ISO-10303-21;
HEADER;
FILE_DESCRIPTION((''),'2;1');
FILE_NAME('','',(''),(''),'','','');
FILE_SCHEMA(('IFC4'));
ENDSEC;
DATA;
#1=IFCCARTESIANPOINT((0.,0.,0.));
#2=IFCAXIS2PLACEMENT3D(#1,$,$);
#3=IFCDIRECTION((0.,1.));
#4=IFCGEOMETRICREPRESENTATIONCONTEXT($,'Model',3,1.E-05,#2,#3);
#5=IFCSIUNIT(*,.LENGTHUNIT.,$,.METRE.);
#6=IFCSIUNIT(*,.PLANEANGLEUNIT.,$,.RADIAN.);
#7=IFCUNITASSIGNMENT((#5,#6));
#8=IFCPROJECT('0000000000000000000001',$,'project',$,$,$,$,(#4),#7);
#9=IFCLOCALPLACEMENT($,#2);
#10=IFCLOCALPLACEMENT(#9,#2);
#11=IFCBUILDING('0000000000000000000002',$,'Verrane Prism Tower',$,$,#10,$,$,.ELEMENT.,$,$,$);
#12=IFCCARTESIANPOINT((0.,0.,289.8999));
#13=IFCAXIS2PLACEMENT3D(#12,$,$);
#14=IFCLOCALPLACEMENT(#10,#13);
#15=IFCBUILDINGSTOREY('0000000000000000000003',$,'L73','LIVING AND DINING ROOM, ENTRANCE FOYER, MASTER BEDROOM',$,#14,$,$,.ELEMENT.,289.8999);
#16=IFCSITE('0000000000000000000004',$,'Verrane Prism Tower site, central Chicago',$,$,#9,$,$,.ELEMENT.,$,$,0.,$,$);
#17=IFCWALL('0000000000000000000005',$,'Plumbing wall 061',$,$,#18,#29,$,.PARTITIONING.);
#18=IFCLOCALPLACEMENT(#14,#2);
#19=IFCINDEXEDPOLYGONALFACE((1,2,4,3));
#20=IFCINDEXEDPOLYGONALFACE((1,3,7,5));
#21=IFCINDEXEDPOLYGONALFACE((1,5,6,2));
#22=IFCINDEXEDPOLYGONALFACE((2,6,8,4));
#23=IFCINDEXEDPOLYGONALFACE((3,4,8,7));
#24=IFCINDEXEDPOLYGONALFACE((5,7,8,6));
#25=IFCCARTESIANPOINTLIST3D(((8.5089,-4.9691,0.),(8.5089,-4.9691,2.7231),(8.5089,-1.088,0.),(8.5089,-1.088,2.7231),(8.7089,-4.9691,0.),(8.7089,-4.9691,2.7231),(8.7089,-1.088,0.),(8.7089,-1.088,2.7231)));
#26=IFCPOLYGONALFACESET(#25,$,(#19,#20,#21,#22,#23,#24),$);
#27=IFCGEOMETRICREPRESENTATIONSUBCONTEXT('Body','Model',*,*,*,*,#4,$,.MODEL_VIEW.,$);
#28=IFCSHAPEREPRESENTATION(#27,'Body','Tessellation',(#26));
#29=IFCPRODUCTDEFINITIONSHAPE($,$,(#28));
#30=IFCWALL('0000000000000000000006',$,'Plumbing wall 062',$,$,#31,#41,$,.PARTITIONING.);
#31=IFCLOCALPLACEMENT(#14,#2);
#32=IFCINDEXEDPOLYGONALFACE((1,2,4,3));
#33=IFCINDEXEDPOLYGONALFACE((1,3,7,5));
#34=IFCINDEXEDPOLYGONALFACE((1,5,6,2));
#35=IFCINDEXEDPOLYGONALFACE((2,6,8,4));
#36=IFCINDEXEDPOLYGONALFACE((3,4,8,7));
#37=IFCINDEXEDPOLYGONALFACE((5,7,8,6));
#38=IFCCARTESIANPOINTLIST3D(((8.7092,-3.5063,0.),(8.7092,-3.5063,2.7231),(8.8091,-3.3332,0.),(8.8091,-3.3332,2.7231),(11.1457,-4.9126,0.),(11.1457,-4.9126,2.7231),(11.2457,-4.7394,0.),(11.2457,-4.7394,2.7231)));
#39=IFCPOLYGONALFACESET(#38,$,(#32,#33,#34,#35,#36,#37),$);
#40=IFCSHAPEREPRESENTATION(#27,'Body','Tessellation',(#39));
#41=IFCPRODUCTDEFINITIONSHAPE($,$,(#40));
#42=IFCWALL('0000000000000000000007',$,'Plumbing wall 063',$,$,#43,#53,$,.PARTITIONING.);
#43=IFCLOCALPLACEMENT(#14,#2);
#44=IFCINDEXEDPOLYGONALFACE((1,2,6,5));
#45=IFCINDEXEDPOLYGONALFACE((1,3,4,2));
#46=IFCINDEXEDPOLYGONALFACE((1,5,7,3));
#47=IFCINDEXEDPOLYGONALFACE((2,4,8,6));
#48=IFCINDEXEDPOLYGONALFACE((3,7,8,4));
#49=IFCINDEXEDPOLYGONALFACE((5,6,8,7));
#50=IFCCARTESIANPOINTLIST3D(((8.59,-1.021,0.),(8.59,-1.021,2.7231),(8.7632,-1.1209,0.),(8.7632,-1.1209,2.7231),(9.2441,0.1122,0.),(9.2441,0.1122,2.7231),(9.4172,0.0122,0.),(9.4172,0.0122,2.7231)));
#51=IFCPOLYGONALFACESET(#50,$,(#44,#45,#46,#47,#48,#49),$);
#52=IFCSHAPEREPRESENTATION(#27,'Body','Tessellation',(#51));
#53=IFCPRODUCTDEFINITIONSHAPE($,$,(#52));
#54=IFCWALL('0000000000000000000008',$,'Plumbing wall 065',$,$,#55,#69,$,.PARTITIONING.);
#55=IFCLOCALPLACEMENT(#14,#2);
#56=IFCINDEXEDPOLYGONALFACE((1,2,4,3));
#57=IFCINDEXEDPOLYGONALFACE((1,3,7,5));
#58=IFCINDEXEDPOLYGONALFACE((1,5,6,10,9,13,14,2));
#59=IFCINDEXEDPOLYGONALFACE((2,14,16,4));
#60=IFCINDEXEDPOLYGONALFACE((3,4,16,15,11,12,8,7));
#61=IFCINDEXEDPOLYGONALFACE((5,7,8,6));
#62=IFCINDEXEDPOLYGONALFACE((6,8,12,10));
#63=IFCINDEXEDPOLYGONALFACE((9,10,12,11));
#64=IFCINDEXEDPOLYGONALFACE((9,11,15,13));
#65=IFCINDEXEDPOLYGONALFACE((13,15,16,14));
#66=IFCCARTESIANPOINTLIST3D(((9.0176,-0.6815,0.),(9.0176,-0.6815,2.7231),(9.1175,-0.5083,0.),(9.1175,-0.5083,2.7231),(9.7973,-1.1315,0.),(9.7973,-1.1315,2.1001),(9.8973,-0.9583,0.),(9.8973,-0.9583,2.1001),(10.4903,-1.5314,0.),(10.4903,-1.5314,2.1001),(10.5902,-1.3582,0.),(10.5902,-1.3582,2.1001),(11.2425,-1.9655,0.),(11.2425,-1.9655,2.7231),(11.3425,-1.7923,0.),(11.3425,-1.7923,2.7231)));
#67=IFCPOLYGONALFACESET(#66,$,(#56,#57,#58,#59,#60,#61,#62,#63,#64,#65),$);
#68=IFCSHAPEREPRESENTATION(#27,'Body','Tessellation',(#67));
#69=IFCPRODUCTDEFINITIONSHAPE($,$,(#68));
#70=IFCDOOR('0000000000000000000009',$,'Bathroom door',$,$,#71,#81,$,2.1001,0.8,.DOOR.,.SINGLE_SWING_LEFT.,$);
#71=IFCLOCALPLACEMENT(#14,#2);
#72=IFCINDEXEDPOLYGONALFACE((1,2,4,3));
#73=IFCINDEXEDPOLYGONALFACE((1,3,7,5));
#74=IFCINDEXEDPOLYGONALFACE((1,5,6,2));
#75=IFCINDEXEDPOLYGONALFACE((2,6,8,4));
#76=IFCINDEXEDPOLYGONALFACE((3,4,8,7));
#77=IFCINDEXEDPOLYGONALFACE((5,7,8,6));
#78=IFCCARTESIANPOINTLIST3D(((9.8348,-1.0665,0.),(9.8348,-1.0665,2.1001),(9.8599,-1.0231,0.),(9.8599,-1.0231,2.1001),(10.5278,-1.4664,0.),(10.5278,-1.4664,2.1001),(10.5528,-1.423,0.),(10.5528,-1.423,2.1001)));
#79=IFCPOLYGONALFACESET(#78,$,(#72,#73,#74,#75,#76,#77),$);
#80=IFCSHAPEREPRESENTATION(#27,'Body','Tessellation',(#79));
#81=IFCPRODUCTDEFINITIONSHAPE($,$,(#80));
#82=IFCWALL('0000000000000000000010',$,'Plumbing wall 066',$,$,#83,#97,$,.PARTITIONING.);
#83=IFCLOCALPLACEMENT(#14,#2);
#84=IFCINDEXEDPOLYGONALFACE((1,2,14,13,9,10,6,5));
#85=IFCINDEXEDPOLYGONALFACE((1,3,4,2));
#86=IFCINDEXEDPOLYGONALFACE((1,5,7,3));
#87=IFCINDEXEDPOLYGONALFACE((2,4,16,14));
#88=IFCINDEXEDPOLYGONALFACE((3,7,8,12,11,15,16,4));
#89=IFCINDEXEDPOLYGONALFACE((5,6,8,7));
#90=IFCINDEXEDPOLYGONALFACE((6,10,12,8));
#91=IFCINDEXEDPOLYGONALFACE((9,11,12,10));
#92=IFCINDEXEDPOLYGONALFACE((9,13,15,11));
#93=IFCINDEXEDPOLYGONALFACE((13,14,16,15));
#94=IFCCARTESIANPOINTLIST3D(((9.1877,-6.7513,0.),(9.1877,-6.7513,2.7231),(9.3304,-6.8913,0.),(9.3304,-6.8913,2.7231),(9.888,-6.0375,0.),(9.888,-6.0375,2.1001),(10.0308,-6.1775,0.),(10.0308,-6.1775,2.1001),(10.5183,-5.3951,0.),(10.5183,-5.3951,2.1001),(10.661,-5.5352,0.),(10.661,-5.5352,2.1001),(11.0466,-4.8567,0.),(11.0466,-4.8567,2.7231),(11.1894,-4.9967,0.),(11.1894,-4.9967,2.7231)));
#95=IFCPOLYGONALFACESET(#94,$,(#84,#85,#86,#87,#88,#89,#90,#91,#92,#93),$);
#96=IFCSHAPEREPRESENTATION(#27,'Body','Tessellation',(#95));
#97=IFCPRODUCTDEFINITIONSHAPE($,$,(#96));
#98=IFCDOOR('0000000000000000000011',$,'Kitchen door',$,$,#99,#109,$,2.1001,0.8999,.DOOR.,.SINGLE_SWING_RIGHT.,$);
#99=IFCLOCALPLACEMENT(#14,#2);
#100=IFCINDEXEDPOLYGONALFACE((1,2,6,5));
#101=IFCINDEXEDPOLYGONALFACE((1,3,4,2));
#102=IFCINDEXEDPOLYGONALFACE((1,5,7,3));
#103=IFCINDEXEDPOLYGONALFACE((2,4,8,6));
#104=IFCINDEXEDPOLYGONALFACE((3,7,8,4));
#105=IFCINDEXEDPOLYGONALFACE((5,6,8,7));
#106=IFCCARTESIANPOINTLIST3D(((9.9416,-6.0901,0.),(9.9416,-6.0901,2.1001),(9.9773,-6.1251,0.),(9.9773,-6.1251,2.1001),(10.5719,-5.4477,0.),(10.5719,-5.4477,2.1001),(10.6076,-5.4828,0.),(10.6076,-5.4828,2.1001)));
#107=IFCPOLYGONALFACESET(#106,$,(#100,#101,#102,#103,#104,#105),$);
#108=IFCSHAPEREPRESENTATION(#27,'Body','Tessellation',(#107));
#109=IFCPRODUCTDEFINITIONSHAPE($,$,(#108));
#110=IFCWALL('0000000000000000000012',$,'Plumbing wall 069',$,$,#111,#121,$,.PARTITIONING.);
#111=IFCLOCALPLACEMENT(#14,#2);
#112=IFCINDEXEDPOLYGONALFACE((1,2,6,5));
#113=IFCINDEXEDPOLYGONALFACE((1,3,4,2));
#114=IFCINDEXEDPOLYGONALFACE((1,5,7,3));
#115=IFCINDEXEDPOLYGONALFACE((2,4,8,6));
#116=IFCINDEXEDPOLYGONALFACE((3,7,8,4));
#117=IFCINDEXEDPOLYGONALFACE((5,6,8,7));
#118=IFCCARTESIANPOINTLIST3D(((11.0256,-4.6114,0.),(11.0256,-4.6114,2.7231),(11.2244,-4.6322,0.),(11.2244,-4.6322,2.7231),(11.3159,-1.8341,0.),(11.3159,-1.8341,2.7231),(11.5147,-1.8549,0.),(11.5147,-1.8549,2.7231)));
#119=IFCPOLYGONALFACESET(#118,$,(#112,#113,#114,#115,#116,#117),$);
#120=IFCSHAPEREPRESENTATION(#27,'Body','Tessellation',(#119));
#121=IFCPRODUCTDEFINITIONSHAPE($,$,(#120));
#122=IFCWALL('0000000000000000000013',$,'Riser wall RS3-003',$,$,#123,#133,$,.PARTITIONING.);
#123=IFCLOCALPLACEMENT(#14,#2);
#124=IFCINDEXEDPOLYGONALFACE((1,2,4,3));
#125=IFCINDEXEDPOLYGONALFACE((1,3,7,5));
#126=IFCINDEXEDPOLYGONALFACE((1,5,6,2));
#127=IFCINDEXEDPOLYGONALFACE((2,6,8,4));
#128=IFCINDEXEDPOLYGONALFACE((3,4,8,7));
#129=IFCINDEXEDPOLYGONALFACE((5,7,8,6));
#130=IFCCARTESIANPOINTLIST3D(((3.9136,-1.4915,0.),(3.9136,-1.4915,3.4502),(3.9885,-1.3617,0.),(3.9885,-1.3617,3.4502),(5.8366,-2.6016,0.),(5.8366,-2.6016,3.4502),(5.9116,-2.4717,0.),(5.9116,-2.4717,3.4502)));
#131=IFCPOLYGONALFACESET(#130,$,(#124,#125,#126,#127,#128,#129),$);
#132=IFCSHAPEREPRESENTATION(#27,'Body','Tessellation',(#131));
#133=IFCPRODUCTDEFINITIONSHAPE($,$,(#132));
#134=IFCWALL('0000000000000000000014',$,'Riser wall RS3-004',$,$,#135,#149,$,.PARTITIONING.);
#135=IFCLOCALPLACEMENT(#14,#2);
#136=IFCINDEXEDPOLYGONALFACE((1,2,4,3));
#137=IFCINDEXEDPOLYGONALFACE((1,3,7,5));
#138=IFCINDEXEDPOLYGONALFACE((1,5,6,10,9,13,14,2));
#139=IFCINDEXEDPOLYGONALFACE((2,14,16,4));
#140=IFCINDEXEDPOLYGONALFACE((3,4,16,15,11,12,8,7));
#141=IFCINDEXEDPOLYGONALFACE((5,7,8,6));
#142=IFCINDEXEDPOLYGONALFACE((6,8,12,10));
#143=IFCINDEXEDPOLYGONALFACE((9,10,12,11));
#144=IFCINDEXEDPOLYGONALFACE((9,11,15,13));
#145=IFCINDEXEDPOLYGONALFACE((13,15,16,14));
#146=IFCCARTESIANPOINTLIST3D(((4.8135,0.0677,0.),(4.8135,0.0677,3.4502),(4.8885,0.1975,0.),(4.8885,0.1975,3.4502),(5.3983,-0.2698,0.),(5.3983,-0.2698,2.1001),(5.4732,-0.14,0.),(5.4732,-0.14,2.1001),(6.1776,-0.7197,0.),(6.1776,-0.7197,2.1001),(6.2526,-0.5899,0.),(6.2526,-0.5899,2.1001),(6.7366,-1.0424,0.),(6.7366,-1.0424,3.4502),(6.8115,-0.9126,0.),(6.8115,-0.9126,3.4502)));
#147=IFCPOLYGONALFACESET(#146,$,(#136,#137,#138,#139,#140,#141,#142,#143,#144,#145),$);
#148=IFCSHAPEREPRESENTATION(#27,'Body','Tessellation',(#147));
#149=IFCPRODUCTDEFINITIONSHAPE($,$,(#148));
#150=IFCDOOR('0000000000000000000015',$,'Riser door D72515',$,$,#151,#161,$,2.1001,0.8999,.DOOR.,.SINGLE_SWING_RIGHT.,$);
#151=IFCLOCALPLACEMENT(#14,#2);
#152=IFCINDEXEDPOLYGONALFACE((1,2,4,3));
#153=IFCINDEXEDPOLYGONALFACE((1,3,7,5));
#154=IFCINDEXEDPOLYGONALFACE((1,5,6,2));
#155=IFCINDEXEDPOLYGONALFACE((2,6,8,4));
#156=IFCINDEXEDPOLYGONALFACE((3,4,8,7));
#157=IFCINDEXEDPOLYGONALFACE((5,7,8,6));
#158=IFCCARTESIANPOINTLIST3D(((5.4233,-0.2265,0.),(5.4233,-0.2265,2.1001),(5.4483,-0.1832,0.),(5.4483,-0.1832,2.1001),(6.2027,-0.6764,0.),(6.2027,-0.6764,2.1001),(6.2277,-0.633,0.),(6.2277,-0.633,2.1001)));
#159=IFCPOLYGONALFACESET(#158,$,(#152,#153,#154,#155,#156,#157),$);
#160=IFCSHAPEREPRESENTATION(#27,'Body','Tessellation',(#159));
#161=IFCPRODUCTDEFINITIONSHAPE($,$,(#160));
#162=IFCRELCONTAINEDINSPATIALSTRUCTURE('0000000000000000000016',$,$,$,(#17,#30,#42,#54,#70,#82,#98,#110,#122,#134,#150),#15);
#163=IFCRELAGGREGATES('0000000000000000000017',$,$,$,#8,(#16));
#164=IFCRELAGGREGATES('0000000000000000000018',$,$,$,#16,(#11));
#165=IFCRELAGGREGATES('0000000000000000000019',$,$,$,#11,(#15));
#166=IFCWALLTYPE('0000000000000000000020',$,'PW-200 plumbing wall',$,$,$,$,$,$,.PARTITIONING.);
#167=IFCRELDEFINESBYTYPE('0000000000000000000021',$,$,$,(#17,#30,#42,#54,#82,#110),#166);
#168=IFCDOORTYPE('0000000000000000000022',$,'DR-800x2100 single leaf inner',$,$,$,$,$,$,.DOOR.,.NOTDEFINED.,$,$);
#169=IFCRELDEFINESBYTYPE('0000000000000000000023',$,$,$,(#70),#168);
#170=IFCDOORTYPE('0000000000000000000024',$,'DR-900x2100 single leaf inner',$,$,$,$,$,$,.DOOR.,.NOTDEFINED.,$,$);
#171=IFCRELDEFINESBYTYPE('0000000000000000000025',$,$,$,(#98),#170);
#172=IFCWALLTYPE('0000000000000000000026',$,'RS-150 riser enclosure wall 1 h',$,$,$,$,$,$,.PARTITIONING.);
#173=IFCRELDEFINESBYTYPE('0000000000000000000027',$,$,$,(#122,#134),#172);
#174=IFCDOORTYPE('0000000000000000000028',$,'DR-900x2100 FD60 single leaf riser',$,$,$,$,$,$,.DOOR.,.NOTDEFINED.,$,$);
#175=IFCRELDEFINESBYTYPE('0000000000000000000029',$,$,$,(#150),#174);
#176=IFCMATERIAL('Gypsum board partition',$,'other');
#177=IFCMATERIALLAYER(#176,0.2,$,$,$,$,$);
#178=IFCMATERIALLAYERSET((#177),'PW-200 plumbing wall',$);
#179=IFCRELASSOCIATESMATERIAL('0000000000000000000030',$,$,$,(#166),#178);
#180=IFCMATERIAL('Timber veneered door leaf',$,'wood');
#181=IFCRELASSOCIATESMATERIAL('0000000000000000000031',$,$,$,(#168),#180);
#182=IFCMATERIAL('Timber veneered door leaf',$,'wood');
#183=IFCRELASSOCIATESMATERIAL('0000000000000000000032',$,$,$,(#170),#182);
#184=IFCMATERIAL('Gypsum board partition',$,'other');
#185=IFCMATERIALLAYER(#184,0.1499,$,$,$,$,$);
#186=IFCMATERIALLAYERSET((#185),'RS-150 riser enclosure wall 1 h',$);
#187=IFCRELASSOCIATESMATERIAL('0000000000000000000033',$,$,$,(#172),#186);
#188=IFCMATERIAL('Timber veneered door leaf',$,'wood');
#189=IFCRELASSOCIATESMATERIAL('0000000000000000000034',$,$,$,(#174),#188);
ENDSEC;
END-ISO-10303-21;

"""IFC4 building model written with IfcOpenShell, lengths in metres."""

from ifc_helpers import new_model, si_unit, direction, frame, frame_2d, origin, place, context, subcontext, project, spatial, rectangle, extrude, material, layer, layer_set, type_object, element, fill, save


model = new_model("IFC4")

# Units and contexts
model_context = context("Model", 3, precision=1e-05, world=origin(), true_north=direction((0.0, 1.0)))
body_context = subcontext(model_context, "Body", "Model", "MODEL_VIEW")
ifc_project = project(units=[si_unit("LENGTHUNIT", "METRE"), si_unit("PLANEANGLEUNIT", "RADIAN")], contexts=[model_context])

# Site, building, storey
site_placement = place(None, origin())
site = spatial("IfcSite", under=ifc_project, at=site_placement, Name="Verrane Prism Tower site, central Chicago", CompositionType="ELEMENT", RefElevation=0.0)
building_placement = place(site_placement, origin())
building = spatial("IfcBuilding", under=site, at=building_placement, Name="Verrane Prism Tower", CompositionType="ELEMENT")
storey_placement = place(building_placement, frame((0.0, 0.0, 289.8999)))
storey = spatial("IfcBuildingStorey", under=building, at=storey_placement, Name="L73", Description="LIVING AND DINING ROOM, ENTRANCE FOYER, MASTER BEDROOM", CompositionType="ELEMENT", Elevation=289.8999)

# Walls
ifc_material_1 = material(Name="Gypsum board partition", Category="other")
ifc_layer_1 = layer(ifc_material_1, 0.2)
ifc_layer_set_1 = layer_set([ifc_layer_1], Name="PW-200 plumbing wall")
wall_type_1 = type_object("IfcWallType", Name="PW-200 plumbing wall", PredefinedType="PARTITIONING", material=ifc_layer_set_1)
wall_1_placement = place(storey_placement, frame((8.6089, -4.969, 0.0), z_axis=(0.0, 0.0, 1.0), x_axis=(0.0, 1.0, 0.0)))
element("IfcWall", 1, at=wall_1_placement, inside=storey, type_object=wall_type_1, Name="Plumbing wall 061", PredefinedType="PARTITIONING", context=body_context, shape_type="SweptSolid", body=[
    extrude(rectangle(XDim=3.8811, YDim=0.2, at=frame_2d((1.9404, 0.0))), origin(), (0.0, 0.0, 1.0), 2.7231),
])
wall_2_placement = place(storey_placement, frame((8.759, -3.4197, 0.0), z_axis=(0.0, 0.0, 1.0), x_axis=(0.866099, -0.499873, 0.0)))
element("IfcWall", 2, at=wall_2_placement, inside=storey, type_object=wall_type_1, Name="Plumbing wall 062", PredefinedType="PARTITIONING", context=body_context, shape_type="SweptSolid", body=[
    extrude(rectangle(XDim=2.8132, YDim=0.2, at=frame_2d((1.4067, 0.0))), origin(), (0.0, 0.0, 1.0), 2.7231),
])
wall_3_placement = place(storey_placement, frame((8.6765, -1.071, 0.0), z_axis=(0.0, 0.0, 1.0), x_axis=(0.499932, 0.866064, 0.0)))
element("IfcWall", 3, at=wall_3_placement, inside=storey, type_object=wall_type_1, Name="Plumbing wall 063", PredefinedType="PARTITIONING", context=body_context, shape_type="SweptSolid", body=[
    extrude(rectangle(XDim=1.3083, YDim=0.2, at=frame_2d((0.6543, 0.0))), origin(), (0.0, 0.0, 1.0), 2.7231),
])

# Walls, openings, doors
wall_4_placement = place(storey_placement, frame((11.2925, -1.8789, 0.0), z_axis=(0.0, 0.0, 1.0), x_axis=(-0.866124, 0.499829, 0.0)))
wall_4 = element("IfcWall", 4, at=wall_4_placement, inside=storey, type_object=wall_type_1, Name="Plumbing wall 065", PredefinedType="PARTITIONING", context=body_context, shape_type="SweptSolid", body=[
    extrude(rectangle(XDim=2.5688, YDim=0.2, at=frame_2d((1.2844, 0.0))), origin(), (0.0, 0.0, 1.0), 2.7231),
])
opening_1_placement = place(wall_4_placement, frame((0.8687, 0.0, 0.0)))
opening_1 = element("IfcOpeningElement", 5, at=opening_1_placement, cuts=wall_4, PredefinedType="OPENING", context=body_context, shape_type="SweptSolid", body=[
    extrude(rectangle(XDim=0.8, YDim=2.1001, at=frame_2d((0.3999, 1.05))), frame((0.0, 0.1099, 0.0), z_axis=(0.0, -1.0, 0.0), x_axis=(1.0, 0.0, 0.0)), (0.0, 0.0, 1.0), 0.22),
])
ifc_material_2 = material(Name="Timber veneered door leaf", Category="wood")
door_type_1 = type_object("IfcDoorType", Name="DR-800x2100 single leaf inner", OperationType="NOTDEFINED", PredefinedType="DOOR", material=ifc_material_2)
door_1_placement = place(opening_1_placement, origin())
door_1 = element("IfcDoor", 6, at=door_1_placement, inside=storey, type_object=door_type_1, Name="Bathroom door", OperationType="SINGLE_SWING_LEFT", OverallHeight=2.1001, OverallWidth=0.8, PredefinedType="DOOR", context=body_context, shape_type="SweptSolid", body=[
    extrude(rectangle(XDim=0.8, YDim=2.1001, at=frame_2d((0.3999, 1.05))), frame((0.0, 0.0249, 0.0), z_axis=(0.0, -1.0, 0.0), x_axis=(1.0, 0.0, 0.0)), (0.0, 0.0, 1.0), 0.05),
])
fill(opening_1, door_1)
wall_5_placement = place(storey_placement, frame((9.259, -6.8213, 0.0), z_axis=(0.0, 0.0, 1.0), x_axis=(0.70036, 0.71379, 0.0)))
wall_5 = element("IfcWall", 7, at=wall_5_placement, inside=storey, type_object=wall_type_1, Name="Plumbing wall 066", PredefinedType="PARTITIONING", context=body_context, shape_type="SweptSolid", body=[
    extrude(rectangle(XDim=2.6543, YDim=0.2, at=frame_2d((1.3271, 0.0))), origin(), (0.0, 0.0, 1.0), 2.7231),
])
opening_2_placement = place(wall_5_placement, frame((1.0, 0.0, 0.0)))
opening_2 = element("IfcOpeningElement", 8, at=opening_2_placement, cuts=wall_5, PredefinedType="OPENING", context=body_context, shape_type="SweptSolid", body=[
    extrude(rectangle(XDim=0.8999, YDim=2.1001, at=frame_2d((0.45, 1.05))), frame((0.0, 0.1099, 0.0), z_axis=(0.0, -1.0, 0.0), x_axis=(1.0, 0.0, 0.0)), (0.0, 0.0, 1.0), 0.22),
])
ifc_material_3 = material(Name="Timber veneered door leaf", Category="wood")
door_type_2 = type_object("IfcDoorType", Name="DR-900x2100 single leaf inner", OperationType="NOTDEFINED", PredefinedType="DOOR", material=ifc_material_3)
door_2_placement = place(opening_2_placement, origin())
door_2 = element("IfcDoor", 9, at=door_2_placement, inside=storey, type_object=door_type_2, Name="Kitchen door", OperationType="SINGLE_SWING_RIGHT", OverallHeight=2.1001, OverallWidth=0.8999, PredefinedType="DOOR", context=body_context, shape_type="SweptSolid", body=[
    extrude(rectangle(XDim=0.8999, YDim=2.1001, at=frame_2d((0.45, 1.05))), frame((0.0, 0.0249, 0.0), z_axis=(0.0, -1.0, 0.0), x_axis=(1.0, 0.0, 0.0)), (0.0, 0.0, 1.0), 0.05),
])
fill(opening_2, door_2)

# Walls
wall_6_placement = place(storey_placement, frame((11.125, -4.6218, 0.0), z_axis=(0.0, 0.0, 1.0), x_axis=(0.103952, 0.994582, 0.0)))
element("IfcWall", 10, at=wall_6_placement, inside=storey, type_object=wall_type_1, Name="Plumbing wall 069", PredefinedType="PARTITIONING", context=body_context, shape_type="SweptSolid", body=[
    extrude(rectangle(XDim=2.7925, YDim=0.2, at=frame_2d((1.3962, 0.0))), origin(), (0.0, 0.0, 1.0), 2.7231),
])
ifc_material_4 = material(Name="Gypsum board partition", Category="other")
ifc_layer_2 = layer(ifc_material_4, 0.1499)
ifc_layer_set_2 = layer_set([ifc_layer_2], Name="RS-150 riser enclosure wall 1 h")
wall_type_2 = type_object("IfcWallType", Name="RS-150 riser enclosure wall 1 h", PredefinedType="PARTITIONING", material=ifc_layer_set_2)
wall_7_placement = place(storey_placement, frame((3.9509, -1.4265, 0.0), z_axis=(0.0, 0.0, 1.0), x_axis=(0.866063, -0.499935, 0.0)))
element("IfcWall", 11, at=wall_7_placement, inside=storey, type_object=wall_type_2, Name="Riser wall RS3-003", PredefinedType="PARTITIONING", context=body_context, shape_type="SweptSolid", body=[
    extrude(rectangle(XDim=2.2205, YDim=0.1499, at=frame_2d((1.1104, 0.0))), origin(), (0.0, 0.0, 1.0), 3.4502),
])

# Wall, opening, door
wall_8_placement = place(storey_placement, frame((6.7742, -0.9775, 0.0), z_axis=(0.0, 0.0, 1.0), x_axis=(-0.866063, 0.499935, 0.0)))
wall_8 = element("IfcWall", 12, at=wall_8_placement, inside=storey, type_object=wall_type_2, Name="Riser wall RS3-004", PredefinedType="PARTITIONING", context=body_context, shape_type="SweptSolid", body=[
    extrude(rectangle(XDim=2.2205, YDim=0.1499, at=frame_2d((1.1104, 0.0))), origin(), (0.0, 0.0, 1.0), 3.4502),
])
opening_3_placement = place(wall_8_placement, frame((0.6455, 0.0, 0.0)))
opening_3 = element("IfcOpeningElement", 13, at=opening_3_placement, cuts=wall_8, PredefinedType="OPENING", context=body_context, shape_type="SweptSolid", body=[
    extrude(rectangle(XDim=0.8999, YDim=2.1001, at=frame_2d((0.45, 1.05))), frame((0.0, 0.085, 0.0), z_axis=(0.0, -1.0, 0.0), x_axis=(1.0, 0.0, 0.0)), (0.0, 0.0, 1.0), 0.1699),
])
ifc_material_5 = material(Name="Timber veneered door leaf", Category="wood")
door_type_3 = type_object("IfcDoorType", Name="DR-900x2100 FD60 single leaf riser", OperationType="NOTDEFINED", PredefinedType="DOOR", material=ifc_material_5)
door_3_placement = place(opening_3_placement, origin())
door_3 = element("IfcDoor", 14, at=door_3_placement, inside=storey, type_object=door_type_3, Name="Riser door D72515", OperationType="SINGLE_SWING_RIGHT", OverallHeight=2.1001, OverallWidth=0.8999, PredefinedType="DOOR", context=body_context, shape_type="SweptSolid", body=[
    extrude(rectangle(XDim=0.8999, YDim=2.1001, at=frame_2d((0.45, 1.05))), frame((0.0, 0.0249, 0.0), z_axis=(0.0, -1.0, 0.0), x_axis=(1.0, 0.0, 0.0)), (0.0, 0.0, 1.0), 0.05),
])
fill(opening_3, door_3)

save(model, "model.ifc")
